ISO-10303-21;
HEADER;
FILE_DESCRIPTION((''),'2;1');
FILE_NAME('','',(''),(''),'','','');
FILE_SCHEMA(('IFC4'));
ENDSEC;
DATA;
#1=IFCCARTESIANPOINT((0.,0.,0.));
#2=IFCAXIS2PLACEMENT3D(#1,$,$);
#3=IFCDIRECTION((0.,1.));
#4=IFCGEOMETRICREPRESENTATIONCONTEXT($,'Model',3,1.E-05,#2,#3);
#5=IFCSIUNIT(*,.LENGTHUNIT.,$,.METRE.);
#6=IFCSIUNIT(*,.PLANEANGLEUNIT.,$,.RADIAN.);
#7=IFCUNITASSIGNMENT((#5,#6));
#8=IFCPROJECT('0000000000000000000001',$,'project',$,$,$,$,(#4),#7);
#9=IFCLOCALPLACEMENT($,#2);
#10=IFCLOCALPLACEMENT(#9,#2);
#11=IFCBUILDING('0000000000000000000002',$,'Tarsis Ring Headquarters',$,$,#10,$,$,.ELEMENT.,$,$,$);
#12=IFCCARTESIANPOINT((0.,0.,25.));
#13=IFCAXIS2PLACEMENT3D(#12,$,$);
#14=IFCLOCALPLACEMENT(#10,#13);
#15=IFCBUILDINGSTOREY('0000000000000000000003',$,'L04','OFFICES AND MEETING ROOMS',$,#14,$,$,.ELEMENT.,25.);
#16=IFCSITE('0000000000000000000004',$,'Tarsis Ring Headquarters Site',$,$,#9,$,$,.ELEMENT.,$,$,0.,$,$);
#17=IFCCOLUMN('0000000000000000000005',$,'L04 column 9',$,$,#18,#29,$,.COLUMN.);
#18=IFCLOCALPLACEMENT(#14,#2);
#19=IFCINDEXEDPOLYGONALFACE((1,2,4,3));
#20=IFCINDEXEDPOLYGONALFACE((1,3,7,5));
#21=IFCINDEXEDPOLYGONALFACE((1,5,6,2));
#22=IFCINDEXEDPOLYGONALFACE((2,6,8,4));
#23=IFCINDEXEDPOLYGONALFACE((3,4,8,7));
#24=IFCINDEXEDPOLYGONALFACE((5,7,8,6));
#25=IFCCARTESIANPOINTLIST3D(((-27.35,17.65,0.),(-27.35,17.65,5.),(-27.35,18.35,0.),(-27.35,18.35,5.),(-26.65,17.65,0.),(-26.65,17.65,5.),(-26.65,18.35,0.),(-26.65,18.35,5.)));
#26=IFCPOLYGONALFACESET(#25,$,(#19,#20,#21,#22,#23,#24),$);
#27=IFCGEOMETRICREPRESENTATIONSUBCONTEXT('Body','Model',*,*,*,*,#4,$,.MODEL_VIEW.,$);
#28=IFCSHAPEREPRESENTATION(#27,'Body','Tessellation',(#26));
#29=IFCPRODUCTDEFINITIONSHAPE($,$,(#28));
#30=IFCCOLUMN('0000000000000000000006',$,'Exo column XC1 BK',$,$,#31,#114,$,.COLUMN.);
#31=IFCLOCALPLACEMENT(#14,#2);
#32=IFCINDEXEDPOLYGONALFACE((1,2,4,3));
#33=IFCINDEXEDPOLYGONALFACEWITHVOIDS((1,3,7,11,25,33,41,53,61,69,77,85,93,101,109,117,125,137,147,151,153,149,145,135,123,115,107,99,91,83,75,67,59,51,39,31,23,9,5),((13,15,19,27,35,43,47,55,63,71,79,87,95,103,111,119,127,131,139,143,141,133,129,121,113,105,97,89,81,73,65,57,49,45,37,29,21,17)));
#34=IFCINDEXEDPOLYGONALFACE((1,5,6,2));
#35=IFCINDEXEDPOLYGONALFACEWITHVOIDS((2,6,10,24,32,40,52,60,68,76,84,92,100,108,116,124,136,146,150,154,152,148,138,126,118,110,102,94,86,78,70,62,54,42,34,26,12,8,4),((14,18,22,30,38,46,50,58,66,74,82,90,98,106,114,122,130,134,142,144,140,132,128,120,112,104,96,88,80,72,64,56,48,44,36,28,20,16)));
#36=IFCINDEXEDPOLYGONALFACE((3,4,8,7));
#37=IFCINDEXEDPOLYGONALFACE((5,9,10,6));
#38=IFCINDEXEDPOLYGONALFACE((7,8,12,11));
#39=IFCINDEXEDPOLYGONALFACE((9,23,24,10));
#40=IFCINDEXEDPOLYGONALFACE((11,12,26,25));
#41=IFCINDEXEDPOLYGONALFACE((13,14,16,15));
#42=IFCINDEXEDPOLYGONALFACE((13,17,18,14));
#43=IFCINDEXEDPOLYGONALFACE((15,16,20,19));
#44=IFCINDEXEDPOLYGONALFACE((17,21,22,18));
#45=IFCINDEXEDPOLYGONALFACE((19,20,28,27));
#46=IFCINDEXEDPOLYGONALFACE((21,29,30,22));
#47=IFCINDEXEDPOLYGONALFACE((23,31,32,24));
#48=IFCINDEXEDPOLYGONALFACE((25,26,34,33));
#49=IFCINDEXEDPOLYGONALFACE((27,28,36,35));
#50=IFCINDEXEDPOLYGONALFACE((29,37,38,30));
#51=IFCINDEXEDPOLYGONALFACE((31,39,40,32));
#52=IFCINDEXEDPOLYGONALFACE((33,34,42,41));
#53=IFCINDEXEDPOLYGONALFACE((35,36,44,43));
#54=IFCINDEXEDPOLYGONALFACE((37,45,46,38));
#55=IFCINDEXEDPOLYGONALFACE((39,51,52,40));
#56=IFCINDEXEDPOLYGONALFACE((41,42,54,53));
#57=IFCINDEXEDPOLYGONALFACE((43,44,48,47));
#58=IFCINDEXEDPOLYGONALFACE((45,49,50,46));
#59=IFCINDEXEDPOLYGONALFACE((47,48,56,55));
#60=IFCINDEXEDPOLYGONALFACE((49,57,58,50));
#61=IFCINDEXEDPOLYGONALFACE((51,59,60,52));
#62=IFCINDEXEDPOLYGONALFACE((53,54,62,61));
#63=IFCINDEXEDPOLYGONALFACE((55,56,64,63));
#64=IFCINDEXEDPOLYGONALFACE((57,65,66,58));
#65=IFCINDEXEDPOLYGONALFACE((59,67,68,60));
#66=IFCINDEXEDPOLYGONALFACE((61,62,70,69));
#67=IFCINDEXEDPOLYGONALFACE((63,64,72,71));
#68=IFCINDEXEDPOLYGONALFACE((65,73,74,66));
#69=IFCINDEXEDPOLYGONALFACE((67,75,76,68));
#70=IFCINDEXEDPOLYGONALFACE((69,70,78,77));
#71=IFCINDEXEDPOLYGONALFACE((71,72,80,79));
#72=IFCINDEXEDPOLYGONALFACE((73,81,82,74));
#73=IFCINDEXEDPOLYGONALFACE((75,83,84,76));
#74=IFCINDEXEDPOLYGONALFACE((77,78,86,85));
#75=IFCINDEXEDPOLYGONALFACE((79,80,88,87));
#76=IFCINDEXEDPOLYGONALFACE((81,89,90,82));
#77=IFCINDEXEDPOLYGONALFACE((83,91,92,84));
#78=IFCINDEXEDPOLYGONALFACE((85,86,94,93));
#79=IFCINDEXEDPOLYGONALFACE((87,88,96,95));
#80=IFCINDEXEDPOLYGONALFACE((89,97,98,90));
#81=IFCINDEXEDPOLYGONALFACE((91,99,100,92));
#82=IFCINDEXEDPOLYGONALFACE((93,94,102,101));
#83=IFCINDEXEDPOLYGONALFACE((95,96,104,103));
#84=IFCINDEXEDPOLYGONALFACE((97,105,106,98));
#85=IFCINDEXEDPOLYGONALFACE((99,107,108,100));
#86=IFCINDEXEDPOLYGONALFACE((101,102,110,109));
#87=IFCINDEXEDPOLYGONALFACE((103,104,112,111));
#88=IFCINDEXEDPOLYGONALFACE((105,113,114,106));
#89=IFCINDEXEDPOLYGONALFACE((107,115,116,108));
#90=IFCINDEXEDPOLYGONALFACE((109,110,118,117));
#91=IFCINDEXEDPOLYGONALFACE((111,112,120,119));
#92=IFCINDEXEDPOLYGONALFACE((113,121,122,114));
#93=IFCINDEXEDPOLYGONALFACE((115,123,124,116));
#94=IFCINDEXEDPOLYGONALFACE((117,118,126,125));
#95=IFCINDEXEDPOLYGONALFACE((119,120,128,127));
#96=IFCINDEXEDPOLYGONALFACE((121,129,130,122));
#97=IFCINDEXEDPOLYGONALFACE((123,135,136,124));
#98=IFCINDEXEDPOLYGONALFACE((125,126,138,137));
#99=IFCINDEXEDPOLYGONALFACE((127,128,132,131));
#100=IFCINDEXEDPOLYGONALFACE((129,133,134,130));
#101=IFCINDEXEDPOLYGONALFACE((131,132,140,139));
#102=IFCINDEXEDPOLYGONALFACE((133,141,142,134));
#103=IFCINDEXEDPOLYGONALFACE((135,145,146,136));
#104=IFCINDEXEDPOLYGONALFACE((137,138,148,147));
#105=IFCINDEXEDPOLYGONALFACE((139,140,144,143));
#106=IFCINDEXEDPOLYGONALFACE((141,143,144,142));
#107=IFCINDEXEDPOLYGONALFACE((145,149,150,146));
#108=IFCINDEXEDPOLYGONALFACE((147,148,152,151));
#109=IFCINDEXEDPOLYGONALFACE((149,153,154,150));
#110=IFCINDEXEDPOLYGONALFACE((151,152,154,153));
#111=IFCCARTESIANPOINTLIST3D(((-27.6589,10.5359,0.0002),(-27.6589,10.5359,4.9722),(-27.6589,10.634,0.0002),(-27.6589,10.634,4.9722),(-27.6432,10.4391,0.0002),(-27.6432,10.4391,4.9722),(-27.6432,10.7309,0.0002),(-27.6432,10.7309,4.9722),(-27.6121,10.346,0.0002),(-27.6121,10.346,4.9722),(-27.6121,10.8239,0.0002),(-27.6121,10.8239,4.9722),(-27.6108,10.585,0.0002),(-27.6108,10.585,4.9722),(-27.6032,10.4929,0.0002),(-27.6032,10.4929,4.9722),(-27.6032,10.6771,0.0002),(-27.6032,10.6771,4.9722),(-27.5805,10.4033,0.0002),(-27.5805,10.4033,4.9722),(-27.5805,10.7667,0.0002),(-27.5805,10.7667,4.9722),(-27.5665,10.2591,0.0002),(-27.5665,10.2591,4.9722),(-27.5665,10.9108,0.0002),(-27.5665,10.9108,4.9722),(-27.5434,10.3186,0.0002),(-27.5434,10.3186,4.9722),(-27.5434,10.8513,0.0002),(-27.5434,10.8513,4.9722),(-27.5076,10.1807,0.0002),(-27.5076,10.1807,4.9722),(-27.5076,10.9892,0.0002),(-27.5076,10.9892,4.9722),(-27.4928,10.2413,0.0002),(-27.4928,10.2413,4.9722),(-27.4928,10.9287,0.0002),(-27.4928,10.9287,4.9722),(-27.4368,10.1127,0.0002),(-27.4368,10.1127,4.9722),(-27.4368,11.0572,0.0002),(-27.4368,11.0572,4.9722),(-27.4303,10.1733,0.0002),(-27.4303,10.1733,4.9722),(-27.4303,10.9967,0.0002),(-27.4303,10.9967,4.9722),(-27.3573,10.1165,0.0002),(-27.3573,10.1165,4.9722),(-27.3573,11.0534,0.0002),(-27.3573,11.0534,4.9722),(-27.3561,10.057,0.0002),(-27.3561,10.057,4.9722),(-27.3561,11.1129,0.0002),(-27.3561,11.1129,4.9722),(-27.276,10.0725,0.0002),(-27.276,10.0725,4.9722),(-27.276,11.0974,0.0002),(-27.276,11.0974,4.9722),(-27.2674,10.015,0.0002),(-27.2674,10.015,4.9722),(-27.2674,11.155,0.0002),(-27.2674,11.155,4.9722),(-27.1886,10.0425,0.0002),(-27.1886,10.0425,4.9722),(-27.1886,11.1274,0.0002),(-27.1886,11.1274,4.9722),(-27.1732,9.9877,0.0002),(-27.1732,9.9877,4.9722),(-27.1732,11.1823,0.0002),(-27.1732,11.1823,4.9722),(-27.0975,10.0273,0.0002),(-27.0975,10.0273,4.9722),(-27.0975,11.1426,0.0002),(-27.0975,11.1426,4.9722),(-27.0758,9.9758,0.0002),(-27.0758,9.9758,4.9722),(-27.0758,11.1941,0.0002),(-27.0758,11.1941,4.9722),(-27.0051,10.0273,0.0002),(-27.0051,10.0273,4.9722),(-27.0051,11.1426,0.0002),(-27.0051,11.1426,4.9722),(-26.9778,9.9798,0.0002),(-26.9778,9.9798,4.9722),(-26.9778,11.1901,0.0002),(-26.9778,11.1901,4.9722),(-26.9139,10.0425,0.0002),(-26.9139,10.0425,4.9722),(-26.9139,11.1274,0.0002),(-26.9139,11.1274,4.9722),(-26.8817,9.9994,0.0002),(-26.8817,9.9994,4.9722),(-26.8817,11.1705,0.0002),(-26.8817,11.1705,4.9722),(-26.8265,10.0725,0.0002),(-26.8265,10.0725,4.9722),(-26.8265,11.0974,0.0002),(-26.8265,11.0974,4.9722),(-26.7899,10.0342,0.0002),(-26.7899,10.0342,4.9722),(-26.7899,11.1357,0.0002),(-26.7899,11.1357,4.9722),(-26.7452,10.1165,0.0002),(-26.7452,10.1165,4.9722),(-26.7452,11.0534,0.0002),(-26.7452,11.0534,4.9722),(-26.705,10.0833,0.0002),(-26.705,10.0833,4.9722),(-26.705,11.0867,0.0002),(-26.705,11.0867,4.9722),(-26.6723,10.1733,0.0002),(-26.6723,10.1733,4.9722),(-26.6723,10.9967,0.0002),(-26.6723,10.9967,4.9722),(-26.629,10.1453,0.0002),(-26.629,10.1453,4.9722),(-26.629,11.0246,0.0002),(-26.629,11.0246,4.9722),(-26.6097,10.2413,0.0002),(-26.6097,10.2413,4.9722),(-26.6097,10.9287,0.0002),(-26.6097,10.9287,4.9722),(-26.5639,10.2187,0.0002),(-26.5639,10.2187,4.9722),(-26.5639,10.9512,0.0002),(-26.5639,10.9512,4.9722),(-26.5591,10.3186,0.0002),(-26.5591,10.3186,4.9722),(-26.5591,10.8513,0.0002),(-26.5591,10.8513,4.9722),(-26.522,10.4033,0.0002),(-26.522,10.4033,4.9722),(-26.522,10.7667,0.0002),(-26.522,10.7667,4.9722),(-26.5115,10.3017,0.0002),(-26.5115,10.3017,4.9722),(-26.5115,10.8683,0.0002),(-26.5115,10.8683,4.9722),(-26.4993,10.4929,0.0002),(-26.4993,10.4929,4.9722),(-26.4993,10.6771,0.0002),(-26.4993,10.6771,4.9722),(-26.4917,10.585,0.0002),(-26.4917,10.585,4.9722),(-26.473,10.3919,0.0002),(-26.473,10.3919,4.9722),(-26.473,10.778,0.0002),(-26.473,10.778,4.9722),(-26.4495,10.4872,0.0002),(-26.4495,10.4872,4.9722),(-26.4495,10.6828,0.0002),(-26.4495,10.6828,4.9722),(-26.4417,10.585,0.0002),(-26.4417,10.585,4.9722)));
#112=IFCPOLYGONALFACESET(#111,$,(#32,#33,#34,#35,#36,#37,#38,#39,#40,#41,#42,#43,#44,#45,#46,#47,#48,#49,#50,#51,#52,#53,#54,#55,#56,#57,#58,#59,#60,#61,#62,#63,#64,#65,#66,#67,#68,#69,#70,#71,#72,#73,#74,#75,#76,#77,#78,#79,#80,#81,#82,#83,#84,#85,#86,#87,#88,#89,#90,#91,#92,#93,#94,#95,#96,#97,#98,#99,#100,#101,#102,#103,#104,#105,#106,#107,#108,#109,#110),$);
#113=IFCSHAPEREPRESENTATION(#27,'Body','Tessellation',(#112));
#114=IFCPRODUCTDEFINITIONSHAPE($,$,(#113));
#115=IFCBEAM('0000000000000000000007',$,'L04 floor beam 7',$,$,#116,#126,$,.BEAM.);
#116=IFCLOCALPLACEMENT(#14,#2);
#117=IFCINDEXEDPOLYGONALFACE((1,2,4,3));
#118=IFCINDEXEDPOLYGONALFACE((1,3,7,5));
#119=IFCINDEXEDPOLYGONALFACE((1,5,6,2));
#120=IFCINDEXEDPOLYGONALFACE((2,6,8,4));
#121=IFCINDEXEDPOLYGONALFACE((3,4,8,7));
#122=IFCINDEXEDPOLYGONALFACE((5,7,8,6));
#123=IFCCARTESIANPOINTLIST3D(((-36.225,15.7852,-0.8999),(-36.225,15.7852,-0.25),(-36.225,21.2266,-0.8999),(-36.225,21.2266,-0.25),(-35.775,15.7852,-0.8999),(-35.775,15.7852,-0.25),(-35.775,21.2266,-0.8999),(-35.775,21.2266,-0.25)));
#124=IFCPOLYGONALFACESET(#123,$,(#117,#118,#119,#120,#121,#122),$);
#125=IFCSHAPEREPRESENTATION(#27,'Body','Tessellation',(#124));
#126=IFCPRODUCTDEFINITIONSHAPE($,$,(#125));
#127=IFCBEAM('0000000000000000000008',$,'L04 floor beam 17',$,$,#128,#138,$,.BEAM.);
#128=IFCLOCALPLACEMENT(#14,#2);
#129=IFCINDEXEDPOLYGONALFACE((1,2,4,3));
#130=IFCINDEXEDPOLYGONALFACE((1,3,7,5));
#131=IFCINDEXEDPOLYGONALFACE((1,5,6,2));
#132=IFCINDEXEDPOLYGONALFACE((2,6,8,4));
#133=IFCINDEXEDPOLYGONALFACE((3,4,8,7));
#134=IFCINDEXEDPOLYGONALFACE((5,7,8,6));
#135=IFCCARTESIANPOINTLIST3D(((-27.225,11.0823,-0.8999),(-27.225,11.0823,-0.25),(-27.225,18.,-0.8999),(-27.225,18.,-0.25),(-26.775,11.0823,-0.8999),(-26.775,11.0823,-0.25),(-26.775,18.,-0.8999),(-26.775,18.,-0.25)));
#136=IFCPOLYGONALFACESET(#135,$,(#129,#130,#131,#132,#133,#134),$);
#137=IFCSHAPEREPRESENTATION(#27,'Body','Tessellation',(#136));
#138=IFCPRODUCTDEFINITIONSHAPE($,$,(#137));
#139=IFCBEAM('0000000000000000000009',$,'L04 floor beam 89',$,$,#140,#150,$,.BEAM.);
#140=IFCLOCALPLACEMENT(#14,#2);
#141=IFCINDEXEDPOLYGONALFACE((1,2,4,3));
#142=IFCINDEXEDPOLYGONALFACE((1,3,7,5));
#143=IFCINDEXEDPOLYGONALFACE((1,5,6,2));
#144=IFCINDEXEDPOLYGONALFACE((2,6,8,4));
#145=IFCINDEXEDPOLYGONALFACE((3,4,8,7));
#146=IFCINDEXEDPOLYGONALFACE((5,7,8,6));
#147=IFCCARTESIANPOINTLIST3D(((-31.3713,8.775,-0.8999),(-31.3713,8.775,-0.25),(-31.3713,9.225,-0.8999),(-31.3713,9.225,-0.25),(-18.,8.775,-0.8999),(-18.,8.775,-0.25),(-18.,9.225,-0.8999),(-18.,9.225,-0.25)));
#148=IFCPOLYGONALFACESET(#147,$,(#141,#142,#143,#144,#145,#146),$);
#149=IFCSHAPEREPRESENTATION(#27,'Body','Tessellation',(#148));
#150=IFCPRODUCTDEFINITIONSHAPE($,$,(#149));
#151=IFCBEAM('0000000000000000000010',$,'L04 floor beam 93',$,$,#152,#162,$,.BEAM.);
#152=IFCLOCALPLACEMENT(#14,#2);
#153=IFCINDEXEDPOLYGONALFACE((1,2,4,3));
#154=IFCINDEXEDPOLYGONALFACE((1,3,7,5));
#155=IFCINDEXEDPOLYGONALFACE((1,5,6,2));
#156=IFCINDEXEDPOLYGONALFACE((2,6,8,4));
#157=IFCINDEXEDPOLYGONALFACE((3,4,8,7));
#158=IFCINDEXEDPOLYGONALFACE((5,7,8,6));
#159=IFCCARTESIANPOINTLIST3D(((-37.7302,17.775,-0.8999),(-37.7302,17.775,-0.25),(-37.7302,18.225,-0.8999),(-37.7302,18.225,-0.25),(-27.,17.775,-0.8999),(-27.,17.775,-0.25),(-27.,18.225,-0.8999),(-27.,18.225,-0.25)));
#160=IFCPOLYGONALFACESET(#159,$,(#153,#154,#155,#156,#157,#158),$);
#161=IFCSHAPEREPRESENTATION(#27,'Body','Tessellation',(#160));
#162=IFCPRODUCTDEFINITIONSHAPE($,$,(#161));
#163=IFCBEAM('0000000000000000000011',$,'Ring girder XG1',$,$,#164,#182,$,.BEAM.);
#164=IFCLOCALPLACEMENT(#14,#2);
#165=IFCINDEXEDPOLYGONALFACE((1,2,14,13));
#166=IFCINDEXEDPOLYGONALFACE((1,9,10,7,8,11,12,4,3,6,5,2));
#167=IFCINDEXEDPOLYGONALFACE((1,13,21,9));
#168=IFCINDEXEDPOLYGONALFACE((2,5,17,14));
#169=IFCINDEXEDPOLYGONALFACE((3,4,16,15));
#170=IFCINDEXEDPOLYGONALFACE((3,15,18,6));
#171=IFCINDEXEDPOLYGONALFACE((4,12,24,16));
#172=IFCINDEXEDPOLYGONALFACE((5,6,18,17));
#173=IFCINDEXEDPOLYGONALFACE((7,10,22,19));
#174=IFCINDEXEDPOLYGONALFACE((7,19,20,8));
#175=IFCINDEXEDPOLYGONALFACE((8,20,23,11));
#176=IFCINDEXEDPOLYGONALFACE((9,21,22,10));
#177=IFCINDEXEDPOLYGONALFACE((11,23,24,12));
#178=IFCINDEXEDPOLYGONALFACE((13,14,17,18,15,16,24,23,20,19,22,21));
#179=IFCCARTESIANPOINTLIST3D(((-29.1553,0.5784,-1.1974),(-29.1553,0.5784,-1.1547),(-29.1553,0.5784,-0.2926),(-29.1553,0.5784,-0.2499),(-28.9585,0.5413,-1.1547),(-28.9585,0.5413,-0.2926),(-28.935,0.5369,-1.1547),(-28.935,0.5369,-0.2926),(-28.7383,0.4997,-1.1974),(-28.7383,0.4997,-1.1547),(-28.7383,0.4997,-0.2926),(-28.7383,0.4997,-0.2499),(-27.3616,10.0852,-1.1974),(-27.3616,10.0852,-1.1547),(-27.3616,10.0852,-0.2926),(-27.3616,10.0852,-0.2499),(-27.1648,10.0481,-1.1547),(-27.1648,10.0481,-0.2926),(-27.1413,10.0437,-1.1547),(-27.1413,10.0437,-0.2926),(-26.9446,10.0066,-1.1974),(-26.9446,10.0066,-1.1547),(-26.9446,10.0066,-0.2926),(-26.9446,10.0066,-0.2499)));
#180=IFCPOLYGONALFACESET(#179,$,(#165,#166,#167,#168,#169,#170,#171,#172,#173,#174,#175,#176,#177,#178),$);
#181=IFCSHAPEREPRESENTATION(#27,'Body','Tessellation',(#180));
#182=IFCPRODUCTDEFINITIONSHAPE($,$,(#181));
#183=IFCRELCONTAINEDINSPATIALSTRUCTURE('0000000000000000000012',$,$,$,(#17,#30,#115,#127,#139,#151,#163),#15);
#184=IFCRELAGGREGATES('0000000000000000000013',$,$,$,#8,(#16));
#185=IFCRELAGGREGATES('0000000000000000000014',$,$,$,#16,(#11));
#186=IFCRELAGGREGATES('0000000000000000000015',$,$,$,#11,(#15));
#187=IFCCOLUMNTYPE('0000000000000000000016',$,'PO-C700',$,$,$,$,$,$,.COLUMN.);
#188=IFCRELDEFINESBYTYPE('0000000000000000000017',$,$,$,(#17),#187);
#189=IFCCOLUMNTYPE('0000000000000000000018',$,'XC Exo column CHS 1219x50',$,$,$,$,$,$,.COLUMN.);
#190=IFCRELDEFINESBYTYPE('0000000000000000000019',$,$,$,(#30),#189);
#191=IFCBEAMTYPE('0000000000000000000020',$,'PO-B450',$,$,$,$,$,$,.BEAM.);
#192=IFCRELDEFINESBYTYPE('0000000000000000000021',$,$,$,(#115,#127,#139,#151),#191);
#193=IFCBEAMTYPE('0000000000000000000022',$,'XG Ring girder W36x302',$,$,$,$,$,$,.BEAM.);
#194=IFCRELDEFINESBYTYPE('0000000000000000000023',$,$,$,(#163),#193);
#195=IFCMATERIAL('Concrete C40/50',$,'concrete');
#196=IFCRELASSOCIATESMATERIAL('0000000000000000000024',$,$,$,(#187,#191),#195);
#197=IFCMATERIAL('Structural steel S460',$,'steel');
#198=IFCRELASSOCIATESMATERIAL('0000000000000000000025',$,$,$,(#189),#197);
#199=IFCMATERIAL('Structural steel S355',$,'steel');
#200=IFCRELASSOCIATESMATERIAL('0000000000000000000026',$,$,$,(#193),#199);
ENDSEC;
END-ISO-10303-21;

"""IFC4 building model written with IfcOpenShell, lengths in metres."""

from ifc_helpers import new_model, si_unit, direction, frame, origin, origin_2d, place, context, subcontext, project, spatial, rectangle, hollow_circle, i_section, extrude, material, material_profile, profile_set, type_object, element, save


model = new_model("IFC4")

# Units and contexts
model_context = context("Model", 3, precision=1e-05, world=origin(), true_north=direction((0.0, 1.0)))
body_context = subcontext(model_context, "Body", "Model", "MODEL_VIEW")
ifc_project = project(units=[si_unit("LENGTHUNIT", "METRE"), si_unit("PLANEANGLEUNIT", "RADIAN")], contexts=[model_context])

# Site, building, storey
site_placement = place(None, origin())
site = spatial("IfcSite", under=ifc_project, at=site_placement, Name="Tarsis Ring Headquarters Site", CompositionType="ELEMENT", RefElevation=0.0)
building_placement = place(site_placement, origin())
building = spatial("IfcBuilding", under=site, at=building_placement, Name="Tarsis Ring Headquarters", CompositionType="ELEMENT")
storey_placement = place(building_placement, frame((0.0, 0.0, 25.0)))
storey = spatial("IfcBuildingStorey", under=building, at=storey_placement, Name="L04", Description="OFFICES AND MEETING ROOMS", CompositionType="ELEMENT", Elevation=25.0)

# Columns
ifc_material_1 = material(Name="Concrete C40/50", Category="concrete")
ifc_material_profile_1 = material_profile(ifc_material_1, rectangle(XDim=0.7, YDim=0.7, at=origin_2d()), Name="PO-C700")
ifc_profile_set_1 = profile_set([ifc_material_profile_1], Name="Concrete C40/50")
column_type_1 = type_object("IfcColumnType", Name="PO-C700", PredefinedType="COLUMN", material=ifc_profile_set_1)
column_1_placement = place(storey_placement, frame((-27.0, 18.0, 0.0), z_axis=(0.0, 0.0, 1.0), x_axis=(1.0, 0.0, 0.0)))
element("IfcColumn", 1, at=column_1_placement, inside=storey, type_object=column_type_1, Name="L04 column 9", PredefinedType="COLUMN", context=body_context, shape_type="SweptSolid", body=[
    extrude(rectangle(XDim=0.7, YDim=0.7, at=origin_2d()), origin(), (0.0, 0.0, 1.0), 5.0),
])
ifc_material_2 = material(Name="Structural steel S460", Category="steel")
ifc_material_profile_2 = material_profile(ifc_material_2, hollow_circle(Radius=0.6096, WallThickness=0.05, at=origin_2d()), Name="CHS 1219x50")
ifc_profile_set_2 = profile_set([ifc_material_profile_2], Name="Structural steel S460")
column_type_2 = type_object("IfcColumnType", Name="XC Exo column CHS 1219x50", PredefinedType="COLUMN", material=ifc_profile_set_2)
column_2_placement = place(storey_placement, frame((-27.0513, 10.585, 0.0002), z_axis=(0.0, 0.0, 1.0), x_axis=(1.0, 0.0, 0.0)))
element("IfcColumn", 2, at=column_2_placement, inside=storey, type_object=column_type_2, Name="Exo column XC1 BK", PredefinedType="COLUMN", context=body_context, shape_type="SweptSolid", body=[
    extrude(hollow_circle(Radius=0.6096, WallThickness=0.05, at=origin_2d()), origin(), (0.0, 0.0, 1.0), 4.9719),
])

# Beams
ifc_material_profile_3 = material_profile(ifc_material_1, rectangle(XDim=0.45, YDim=0.6499, at=origin_2d()), Name="PO-B450")
ifc_profile_set_3 = profile_set([ifc_material_profile_3], Name="Concrete C40/50")
beam_type_1 = type_object("IfcBeamType", Name="PO-B450", PredefinedType="BEAM", material=ifc_profile_set_3)
beam_1_placement = place(storey_placement, frame((-36.0, 15.7852, -0.575), z_axis=(0.0, 1.0, 0.0), x_axis=(-1.0, 0.0, 0.0)))
element("IfcBeam", 3, at=beam_1_placement, inside=storey, type_object=beam_type_1, Name="L04 floor beam 7", PredefinedType="BEAM", context=body_context, shape_type="SweptSolid", body=[
    extrude(rectangle(XDim=0.45, YDim=0.6499, at=origin_2d()), origin(), (0.0, 0.0, 1.0), 5.4414),
])
beam_2_placement = place(storey_placement, frame((-27.0, 11.0823, -0.575), z_axis=(0.0, 1.0, 0.0), x_axis=(-1.0, 0.0, 0.0)))
element("IfcBeam", 4, at=beam_2_placement, inside=storey, type_object=beam_type_1, Name="L04 floor beam 17", PredefinedType="BEAM", context=body_context, shape_type="SweptSolid", body=[
    extrude(rectangle(XDim=0.45, YDim=0.6499, at=origin_2d()), origin(), (0.0, 0.0, 1.0), 6.9177),
])
beam_3_placement = place(storey_placement, frame((-31.3713, 9.0, -0.575), z_axis=(1.0, 0.0, 0.0), x_axis=(0.0, 1.0, 0.0)))
element("IfcBeam", 5, at=beam_3_placement, inside=storey, type_object=beam_type_1, Name="L04 floor beam 89", PredefinedType="BEAM", context=body_context, shape_type="SweptSolid", body=[
    extrude(rectangle(XDim=0.45, YDim=0.6499, at=origin_2d()), origin(), (0.0, 0.0, 1.0), 13.3713),
])
beam_4_placement = place(storey_placement, frame((-37.7302, 18.0, -0.575), z_axis=(1.0, 0.0, 0.0), x_axis=(0.0, 1.0, 0.0)))
element("IfcBeam", 6, at=beam_4_placement, inside=storey, type_object=beam_type_1, Name="L04 floor beam 93", PredefinedType="BEAM", context=body_context, shape_type="SweptSolid", body=[
    extrude(rectangle(XDim=0.45, YDim=0.6499, at=origin_2d()), origin(), (0.0, 0.0, 1.0), 10.7302),
])
ifc_material_3 = material(Name="Structural steel S355", Category="steel")
ifc_material_profile_4 = material_profile(ifc_material_3, i_section(OverallWidth=0.4243, OverallDepth=0.9475, WebThickness=0.0239, FlangeThickness=0.0427, at=origin_2d()), Name="W36x302")
ifc_profile_set_4 = profile_set([ifc_material_profile_4], Name="Structural steel S355")
beam_type_2 = type_object("IfcBeamType", Name="XG Ring girder W36x302", PredefinedType="BEAM", material=ifc_profile_set_4)
beam_5_placement = place(storey_placement, frame((-27.1531, 10.0459, -0.7236), z_axis=(-0.185404, -0.982662, 0.0), x_axis=(0.982662, -0.185404, 0.0)))
element("IfcBeam", 7, at=beam_5_placement, inside=storey, type_object=beam_type_2, Name="Ring girder XG1", PredefinedType="BEAM", context=body_context, shape_type="SweptSolid", body=[
    extrude(i_section(OverallWidth=0.4243, OverallDepth=0.9475, WebThickness=0.0239, FlangeThickness=0.0427, at=origin_2d()), origin(), (0.0, 0.0, 1.0), 9.6746),
])

save(model, "model.ifc")
